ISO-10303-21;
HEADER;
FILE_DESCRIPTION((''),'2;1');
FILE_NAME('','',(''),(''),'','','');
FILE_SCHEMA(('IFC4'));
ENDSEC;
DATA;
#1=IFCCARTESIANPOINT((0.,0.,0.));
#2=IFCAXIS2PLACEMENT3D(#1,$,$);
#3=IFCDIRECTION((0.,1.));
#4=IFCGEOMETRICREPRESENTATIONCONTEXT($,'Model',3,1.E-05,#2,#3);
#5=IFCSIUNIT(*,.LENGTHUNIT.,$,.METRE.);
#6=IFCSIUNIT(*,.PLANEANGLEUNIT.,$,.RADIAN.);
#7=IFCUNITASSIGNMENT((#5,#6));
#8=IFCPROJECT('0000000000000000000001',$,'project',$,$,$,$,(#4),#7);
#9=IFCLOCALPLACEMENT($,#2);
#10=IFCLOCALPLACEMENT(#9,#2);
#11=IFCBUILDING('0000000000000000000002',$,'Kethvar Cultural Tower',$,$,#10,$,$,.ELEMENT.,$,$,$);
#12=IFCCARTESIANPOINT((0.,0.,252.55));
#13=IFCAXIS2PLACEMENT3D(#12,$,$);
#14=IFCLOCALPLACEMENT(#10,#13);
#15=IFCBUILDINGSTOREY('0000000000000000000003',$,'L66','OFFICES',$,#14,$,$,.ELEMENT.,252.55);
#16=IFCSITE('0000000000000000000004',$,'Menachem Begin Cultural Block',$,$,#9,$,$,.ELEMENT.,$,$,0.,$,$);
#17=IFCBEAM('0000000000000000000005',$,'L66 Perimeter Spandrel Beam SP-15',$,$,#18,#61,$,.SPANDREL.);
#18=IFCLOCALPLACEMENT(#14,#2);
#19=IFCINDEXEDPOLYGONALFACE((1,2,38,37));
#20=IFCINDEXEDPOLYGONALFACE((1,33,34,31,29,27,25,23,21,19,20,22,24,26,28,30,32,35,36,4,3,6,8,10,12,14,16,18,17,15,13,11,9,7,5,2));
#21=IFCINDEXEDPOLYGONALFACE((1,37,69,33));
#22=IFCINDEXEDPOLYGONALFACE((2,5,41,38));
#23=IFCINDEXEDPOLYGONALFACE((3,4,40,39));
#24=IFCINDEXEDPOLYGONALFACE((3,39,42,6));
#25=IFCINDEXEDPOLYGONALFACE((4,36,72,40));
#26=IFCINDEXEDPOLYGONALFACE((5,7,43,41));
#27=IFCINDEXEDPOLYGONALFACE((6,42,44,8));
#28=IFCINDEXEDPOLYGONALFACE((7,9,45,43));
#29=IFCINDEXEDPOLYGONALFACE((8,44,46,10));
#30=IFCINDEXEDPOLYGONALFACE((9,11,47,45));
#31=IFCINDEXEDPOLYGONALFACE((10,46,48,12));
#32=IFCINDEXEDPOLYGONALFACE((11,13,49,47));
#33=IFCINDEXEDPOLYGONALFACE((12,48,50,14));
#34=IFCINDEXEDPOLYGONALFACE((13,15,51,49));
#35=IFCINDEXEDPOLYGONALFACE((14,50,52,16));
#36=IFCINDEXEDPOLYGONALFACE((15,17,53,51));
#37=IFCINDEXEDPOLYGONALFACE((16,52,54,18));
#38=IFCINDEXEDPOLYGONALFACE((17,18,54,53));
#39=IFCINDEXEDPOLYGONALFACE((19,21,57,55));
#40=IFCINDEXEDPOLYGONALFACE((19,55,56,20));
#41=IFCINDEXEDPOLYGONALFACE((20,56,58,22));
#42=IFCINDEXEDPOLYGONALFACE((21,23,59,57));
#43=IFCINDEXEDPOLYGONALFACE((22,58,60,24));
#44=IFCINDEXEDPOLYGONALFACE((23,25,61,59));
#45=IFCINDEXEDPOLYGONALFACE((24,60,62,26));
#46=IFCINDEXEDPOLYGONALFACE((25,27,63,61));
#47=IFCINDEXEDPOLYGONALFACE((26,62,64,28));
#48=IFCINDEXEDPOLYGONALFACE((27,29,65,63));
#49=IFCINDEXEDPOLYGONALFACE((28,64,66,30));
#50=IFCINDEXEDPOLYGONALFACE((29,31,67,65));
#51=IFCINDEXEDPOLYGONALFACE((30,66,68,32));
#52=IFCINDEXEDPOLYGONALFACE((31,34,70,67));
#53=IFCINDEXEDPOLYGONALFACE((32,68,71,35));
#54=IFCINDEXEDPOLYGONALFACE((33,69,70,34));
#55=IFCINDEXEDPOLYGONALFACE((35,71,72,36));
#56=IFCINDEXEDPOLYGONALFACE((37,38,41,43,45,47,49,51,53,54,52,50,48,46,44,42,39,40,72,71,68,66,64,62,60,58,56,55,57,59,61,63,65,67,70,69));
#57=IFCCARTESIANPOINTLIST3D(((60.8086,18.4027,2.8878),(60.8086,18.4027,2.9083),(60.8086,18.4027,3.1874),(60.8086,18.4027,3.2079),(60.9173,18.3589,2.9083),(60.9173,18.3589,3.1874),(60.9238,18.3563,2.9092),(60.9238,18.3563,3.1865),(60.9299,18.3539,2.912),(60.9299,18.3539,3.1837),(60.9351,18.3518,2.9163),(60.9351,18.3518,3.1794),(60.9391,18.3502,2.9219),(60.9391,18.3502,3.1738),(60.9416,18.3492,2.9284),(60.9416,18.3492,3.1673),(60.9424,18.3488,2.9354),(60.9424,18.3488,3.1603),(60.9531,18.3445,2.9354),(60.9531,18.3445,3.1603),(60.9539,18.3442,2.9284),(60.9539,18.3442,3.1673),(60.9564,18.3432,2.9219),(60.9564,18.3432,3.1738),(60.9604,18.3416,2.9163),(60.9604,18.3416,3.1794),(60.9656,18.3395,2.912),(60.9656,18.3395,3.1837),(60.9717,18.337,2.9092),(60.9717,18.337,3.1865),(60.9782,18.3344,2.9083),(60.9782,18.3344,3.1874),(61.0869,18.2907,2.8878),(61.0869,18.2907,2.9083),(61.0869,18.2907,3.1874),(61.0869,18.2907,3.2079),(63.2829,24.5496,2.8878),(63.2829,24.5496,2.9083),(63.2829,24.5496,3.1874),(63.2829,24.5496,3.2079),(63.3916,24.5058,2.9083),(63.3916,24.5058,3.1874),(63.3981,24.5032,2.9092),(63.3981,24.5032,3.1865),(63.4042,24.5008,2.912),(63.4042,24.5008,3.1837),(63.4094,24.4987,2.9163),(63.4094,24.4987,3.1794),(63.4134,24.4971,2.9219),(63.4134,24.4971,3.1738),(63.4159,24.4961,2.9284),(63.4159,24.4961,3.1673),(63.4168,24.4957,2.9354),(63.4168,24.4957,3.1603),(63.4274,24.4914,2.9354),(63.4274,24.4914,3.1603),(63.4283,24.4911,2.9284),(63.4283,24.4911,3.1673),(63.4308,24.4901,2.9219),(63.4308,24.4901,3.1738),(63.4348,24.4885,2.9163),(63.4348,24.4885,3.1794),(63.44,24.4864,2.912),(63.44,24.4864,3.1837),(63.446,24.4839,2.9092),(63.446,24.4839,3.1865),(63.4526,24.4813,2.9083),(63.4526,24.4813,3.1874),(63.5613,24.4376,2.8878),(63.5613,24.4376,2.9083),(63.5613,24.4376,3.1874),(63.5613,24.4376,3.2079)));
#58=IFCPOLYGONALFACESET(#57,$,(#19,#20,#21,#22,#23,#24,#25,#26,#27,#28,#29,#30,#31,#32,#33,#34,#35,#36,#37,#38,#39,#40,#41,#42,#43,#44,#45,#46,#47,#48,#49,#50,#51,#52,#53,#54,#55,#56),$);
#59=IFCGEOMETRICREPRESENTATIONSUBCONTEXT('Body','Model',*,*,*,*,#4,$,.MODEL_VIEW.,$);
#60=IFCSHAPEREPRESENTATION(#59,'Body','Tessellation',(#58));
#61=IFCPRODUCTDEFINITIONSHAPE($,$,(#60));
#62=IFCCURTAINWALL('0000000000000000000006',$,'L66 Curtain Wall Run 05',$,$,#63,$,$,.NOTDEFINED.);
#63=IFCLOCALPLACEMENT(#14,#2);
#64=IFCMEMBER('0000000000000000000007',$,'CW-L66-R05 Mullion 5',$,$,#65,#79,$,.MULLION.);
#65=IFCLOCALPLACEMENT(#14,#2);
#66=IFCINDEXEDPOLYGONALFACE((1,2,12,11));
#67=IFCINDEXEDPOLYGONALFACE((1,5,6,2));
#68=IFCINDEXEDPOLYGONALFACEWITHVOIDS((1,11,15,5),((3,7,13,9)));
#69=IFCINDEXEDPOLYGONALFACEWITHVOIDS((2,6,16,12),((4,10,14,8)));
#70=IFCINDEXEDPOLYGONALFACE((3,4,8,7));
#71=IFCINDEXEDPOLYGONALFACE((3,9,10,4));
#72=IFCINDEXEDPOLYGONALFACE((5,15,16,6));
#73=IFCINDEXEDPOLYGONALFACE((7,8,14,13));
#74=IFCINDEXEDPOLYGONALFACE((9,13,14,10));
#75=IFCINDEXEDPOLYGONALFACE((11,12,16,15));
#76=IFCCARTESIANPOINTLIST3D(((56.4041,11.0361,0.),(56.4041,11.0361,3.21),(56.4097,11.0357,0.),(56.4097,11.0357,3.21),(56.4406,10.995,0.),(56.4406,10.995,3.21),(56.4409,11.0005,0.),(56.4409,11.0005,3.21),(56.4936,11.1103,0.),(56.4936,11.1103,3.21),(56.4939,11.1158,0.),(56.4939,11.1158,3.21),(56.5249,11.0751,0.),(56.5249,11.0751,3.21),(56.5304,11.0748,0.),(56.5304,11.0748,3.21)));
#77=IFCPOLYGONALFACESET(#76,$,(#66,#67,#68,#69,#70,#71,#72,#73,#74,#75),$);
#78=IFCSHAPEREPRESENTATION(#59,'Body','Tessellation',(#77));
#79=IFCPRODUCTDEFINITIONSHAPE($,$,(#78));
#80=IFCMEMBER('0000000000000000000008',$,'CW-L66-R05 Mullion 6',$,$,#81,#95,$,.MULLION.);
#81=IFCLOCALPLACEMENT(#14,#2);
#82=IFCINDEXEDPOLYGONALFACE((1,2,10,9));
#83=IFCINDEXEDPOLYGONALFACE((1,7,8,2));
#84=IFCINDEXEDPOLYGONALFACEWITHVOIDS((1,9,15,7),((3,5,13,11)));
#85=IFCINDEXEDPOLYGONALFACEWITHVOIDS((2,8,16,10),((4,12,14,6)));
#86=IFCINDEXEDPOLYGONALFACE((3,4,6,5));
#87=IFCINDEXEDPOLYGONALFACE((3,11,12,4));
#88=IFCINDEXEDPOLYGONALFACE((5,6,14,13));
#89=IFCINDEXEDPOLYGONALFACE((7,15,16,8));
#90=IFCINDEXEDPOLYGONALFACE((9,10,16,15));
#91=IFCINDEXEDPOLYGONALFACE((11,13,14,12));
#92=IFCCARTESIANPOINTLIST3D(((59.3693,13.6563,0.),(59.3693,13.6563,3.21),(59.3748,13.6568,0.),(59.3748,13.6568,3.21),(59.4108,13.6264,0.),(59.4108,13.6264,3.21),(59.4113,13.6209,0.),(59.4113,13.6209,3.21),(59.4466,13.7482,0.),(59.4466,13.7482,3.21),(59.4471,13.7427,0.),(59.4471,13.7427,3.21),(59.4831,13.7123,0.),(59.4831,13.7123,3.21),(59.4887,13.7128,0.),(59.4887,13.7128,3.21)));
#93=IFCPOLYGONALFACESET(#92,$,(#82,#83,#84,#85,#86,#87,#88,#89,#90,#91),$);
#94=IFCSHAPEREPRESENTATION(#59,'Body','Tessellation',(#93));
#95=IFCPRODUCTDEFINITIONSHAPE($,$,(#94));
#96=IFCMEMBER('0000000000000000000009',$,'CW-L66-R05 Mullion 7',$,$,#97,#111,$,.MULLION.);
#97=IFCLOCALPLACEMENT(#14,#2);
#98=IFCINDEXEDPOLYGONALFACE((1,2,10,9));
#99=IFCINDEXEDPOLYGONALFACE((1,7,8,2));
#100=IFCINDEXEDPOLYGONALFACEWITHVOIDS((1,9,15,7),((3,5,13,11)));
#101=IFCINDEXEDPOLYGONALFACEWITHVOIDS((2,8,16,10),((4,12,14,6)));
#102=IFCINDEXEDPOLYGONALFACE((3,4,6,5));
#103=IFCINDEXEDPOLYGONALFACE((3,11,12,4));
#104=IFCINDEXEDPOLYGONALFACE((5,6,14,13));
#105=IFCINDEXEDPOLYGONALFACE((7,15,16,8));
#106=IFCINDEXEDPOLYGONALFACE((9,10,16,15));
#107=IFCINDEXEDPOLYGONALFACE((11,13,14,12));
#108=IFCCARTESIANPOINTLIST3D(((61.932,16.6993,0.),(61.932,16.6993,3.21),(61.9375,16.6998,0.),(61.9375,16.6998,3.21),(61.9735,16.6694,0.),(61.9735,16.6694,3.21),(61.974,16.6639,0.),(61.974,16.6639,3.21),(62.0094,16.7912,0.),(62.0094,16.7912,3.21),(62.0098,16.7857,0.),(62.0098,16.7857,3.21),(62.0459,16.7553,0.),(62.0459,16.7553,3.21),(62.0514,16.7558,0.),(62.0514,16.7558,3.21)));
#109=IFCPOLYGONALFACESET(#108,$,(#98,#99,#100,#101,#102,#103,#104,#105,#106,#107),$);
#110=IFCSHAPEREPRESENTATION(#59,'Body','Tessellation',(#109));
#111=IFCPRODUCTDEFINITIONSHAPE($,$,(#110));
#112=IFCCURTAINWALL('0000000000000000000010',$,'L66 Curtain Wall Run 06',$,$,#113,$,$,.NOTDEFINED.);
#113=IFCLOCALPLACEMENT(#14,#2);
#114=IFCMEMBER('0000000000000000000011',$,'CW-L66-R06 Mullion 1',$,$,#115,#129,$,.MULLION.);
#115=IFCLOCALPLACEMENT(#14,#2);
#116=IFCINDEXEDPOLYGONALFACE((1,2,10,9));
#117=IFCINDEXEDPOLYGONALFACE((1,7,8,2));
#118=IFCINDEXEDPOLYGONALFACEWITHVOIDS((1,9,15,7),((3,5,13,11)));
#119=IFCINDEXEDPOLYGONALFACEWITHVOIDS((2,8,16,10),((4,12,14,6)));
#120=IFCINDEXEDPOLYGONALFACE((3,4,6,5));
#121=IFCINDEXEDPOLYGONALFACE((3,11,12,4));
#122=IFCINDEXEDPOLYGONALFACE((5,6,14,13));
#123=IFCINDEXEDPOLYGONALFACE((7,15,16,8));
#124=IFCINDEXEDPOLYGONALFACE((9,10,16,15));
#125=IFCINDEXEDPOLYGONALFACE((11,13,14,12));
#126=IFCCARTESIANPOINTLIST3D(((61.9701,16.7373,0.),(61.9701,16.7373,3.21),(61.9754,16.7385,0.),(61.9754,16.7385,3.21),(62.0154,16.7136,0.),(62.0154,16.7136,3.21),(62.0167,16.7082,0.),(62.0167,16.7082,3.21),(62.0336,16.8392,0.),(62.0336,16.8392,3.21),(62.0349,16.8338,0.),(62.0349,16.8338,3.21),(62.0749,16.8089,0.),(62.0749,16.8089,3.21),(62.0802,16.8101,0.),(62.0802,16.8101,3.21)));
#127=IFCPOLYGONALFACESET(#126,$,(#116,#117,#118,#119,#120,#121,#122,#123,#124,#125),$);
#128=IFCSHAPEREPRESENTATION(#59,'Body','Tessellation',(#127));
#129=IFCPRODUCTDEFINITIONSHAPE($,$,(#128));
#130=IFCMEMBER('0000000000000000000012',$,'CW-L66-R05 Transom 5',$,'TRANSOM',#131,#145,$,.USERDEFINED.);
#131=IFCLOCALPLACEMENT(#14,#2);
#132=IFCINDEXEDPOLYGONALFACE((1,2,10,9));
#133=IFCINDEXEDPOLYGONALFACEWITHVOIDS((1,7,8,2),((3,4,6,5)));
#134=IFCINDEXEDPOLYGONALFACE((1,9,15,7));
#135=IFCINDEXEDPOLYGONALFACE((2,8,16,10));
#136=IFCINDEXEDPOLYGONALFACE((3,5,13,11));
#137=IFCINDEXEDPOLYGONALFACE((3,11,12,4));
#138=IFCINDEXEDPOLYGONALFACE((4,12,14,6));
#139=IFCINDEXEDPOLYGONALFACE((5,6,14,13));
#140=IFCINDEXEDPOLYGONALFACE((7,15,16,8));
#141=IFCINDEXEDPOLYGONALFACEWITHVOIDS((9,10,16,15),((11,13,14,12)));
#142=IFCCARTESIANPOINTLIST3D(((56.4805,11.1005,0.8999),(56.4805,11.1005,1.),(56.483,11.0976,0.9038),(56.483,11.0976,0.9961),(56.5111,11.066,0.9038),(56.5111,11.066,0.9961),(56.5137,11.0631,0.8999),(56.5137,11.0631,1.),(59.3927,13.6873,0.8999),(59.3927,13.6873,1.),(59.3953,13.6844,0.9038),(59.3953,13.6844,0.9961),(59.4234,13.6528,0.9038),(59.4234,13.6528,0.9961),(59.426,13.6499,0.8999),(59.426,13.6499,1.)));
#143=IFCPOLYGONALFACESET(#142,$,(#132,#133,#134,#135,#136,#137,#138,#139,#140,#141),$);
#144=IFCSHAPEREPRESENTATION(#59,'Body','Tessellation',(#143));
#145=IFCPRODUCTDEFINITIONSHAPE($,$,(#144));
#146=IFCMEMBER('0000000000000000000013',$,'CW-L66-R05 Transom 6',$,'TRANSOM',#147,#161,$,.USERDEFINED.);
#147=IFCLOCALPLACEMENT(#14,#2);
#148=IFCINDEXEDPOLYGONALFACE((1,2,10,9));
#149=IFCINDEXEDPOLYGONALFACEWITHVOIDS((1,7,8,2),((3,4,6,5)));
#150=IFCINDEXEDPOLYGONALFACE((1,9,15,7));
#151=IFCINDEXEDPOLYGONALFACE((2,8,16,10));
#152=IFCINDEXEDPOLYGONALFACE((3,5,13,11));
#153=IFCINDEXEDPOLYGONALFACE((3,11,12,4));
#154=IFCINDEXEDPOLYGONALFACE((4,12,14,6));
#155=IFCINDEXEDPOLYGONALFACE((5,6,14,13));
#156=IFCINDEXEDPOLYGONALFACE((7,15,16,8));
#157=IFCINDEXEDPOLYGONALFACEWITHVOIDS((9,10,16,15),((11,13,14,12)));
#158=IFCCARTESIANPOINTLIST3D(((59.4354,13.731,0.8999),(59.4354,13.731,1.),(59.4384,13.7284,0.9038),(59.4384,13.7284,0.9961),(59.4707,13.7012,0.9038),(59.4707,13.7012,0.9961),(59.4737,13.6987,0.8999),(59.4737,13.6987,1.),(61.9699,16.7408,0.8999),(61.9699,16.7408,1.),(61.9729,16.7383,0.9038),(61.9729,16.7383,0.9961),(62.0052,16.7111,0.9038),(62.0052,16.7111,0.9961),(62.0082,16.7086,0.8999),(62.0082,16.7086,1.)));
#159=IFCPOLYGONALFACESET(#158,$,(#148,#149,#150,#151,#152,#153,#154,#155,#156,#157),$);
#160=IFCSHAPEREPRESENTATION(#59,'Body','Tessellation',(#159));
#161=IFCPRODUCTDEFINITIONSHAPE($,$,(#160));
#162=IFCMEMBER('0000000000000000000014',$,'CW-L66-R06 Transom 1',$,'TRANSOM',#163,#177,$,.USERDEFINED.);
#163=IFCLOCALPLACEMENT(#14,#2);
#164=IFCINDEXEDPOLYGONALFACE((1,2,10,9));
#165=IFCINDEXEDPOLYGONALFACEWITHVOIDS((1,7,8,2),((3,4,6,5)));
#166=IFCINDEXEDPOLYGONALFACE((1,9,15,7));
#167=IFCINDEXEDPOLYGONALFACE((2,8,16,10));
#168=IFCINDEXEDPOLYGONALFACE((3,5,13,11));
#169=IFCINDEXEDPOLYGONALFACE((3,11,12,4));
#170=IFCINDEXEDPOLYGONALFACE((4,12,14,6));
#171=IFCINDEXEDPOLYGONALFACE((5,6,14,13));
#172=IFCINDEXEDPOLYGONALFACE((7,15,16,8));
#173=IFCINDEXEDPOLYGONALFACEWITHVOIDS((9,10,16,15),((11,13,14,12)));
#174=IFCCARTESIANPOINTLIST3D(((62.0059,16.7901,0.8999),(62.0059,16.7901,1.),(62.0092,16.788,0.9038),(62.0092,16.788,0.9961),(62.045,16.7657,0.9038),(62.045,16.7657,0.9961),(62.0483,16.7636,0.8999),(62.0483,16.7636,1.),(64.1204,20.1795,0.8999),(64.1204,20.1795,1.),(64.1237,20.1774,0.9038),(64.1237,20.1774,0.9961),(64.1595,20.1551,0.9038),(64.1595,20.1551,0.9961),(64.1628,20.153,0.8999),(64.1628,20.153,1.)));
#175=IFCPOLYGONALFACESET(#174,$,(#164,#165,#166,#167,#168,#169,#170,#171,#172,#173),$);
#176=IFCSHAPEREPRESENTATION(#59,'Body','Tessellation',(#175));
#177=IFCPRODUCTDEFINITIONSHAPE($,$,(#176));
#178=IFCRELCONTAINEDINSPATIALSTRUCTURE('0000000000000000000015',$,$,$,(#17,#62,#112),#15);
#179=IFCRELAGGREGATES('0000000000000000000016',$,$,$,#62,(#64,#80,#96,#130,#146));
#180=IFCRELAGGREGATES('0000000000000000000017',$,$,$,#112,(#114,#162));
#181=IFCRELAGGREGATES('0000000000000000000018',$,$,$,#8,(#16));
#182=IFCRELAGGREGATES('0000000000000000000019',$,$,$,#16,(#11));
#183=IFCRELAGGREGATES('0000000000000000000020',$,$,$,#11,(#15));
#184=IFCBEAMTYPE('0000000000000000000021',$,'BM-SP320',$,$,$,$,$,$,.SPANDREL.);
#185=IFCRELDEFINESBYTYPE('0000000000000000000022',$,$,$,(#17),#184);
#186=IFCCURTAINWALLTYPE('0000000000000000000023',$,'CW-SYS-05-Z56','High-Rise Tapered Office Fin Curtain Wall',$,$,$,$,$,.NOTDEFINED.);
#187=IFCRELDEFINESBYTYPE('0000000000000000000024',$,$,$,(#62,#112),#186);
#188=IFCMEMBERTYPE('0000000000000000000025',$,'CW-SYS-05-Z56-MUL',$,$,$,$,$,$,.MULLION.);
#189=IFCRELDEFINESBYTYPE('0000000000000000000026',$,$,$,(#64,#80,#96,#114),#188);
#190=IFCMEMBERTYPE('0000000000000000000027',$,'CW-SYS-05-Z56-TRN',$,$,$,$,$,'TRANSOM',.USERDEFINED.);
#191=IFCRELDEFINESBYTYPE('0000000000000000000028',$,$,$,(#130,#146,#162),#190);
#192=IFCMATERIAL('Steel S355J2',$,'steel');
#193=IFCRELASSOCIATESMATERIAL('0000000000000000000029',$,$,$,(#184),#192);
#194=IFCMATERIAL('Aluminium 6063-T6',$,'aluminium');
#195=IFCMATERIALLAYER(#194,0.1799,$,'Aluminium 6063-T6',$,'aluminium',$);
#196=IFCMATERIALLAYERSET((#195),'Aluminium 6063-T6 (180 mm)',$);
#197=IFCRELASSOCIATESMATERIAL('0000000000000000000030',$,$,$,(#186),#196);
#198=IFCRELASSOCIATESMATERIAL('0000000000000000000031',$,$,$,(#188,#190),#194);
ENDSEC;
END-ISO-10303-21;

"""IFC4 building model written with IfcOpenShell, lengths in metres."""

from ifc_helpers import new_model, si_unit, direction, frame, origin, origin_2d, place, context, subcontext, project, spatial, hollow_rectangle, i_section, extrude, source, transform, mapped, material, layer, layer_set, material_profile, profile_set, type_object, element, aggregate, save


model = new_model("IFC4")

# Units and contexts
model_context = context("Model", 3, precision=1e-05, world=origin(), true_north=direction((0.0, 1.0)))
body_context = subcontext(model_context, "Body", "Model", "MODEL_VIEW")
ifc_project = project(units=[si_unit("LENGTHUNIT", "METRE"), si_unit("PLANEANGLEUNIT", "RADIAN")], contexts=[model_context])

# Site, building, storey
site_placement = place(None, origin())
site = spatial("IfcSite", under=ifc_project, at=site_placement, Name="Menachem Begin Cultural Block", CompositionType="ELEMENT", RefElevation=0.0)
building_placement = place(site_placement, origin())
building = spatial("IfcBuilding", under=site, at=building_placement, Name="Kethvar Cultural Tower", CompositionType="ELEMENT")
storey_placement = place(building_placement, frame((0.0, 0.0, 252.55)))
storey = spatial("IfcBuildingStorey", under=building, at=storey_placement, Name="L66", Description="OFFICES", CompositionType="ELEMENT", Elevation=252.55)

# Beam
ifc_material_1 = material(Name="Steel S355J2", Category="steel")
ifc_material_profile_1 = material_profile(ifc_material_1, i_section(OverallWidth=0.3, OverallDepth=0.3201, WebThickness=0.0115, FlangeThickness=0.0205, FilletRadius=0.0271, at=origin_2d()), Name="Steel S355J2 — HEB320")
ifc_profile_set_1 = profile_set([ifc_material_profile_1], Name="Steel S355J2 — HEB320")
beam_type_1 = type_object("IfcBeamType", Name="BM-SP320", PredefinedType="SPANDREL", material=ifc_profile_set_1)
shared_shape_1 = source(origin(), body_context, "Body", "SweptSolid", [
    extrude(i_section(OverallWidth=0.3, OverallDepth=0.3201, WebThickness=0.0115, FlangeThickness=0.0205, FilletRadius=0.0271, at=origin_2d()), origin(), (0.0, 0.0, 1.0), 6.6262),
])
beam_1_placement = place(storey_placement, frame((60.9478, 18.3467, 3.0479), z_axis=(0.373416, 0.927664, 0.0), x_axis=(-0.927664, 0.373416, 0.0)))
element("IfcBeam", 1, at=beam_1_placement, inside=storey, type_object=beam_type_1, Name="L66 Perimeter Spandrel Beam SP-15", PredefinedType="SPANDREL", context=body_context, shape_type="MappedRepresentation", body=[
    mapped(shared_shape_1, transform((0.0, 0.0, 0.0), scale=1.0)),
])

# Curtain wall, members
ifc_material_2 = material(Name="Aluminium 6063-T6", Category="aluminium")
ifc_layer_1 = layer(ifc_material_2, 0.1799, Name="Aluminium 6063-T6", Category="aluminium")
ifc_layer_set_1 = layer_set([ifc_layer_1], Name="Aluminium 6063-T6 (180 mm)")
curtain_wall_type = type_object("IfcCurtainWallType", Name="CW-SYS-05-Z56", Description="High-Rise Tapered Office Fin Curtain Wall", PredefinedType="NOTDEFINED", material=ifc_layer_set_1)
curtain_wall_1_placement = place(storey_placement, origin())
curtain_wall_1 = element("IfcCurtainWall", 2, at=curtain_wall_1_placement, inside=storey, type_object=curtain_wall_type, Name="L66 Curtain Wall Run 05", PredefinedType="NOTDEFINED")
ifc_material_profile_2 = material_profile(ifc_material_2, hollow_rectangle(XDim=0.0549, YDim=0.1201, WallThickness=0.0039, at=origin_2d()), Name="Aluminium 6063-T6 — RHS120x55x4")
ifc_profile_set_2 = profile_set([ifc_material_profile_2], Name="Aluminium 6063-T6 — RHS120x55x4")
member_type_1 = type_object("IfcMemberType", Name="CW-SYS-05-Z56-MUL", PredefinedType="MULLION", material=ifc_profile_set_2)
shared_shape_2 = source(origin(), body_context, "Body", "SweptSolid", [
    extrude(hollow_rectangle(XDim=0.0549, YDim=0.1201, WallThickness=0.0039, at=origin_2d()), origin(), (0.0, 0.0, 1.0), 3.21),
])
member_1_placement = place(storey_placement, frame((56.4673, 11.0554, 0.0), z_axis=(0.0, 0.0, 1.0), x_axis=(-0.66407, 0.747671, 0.0)))
member_1 = element("IfcMember", 3, at=member_1_placement, type_object=member_type_1, Name="CW-L66-R05 Mullion 5", PredefinedType="MULLION", context=body_context, shape_type="MappedRepresentation", body=[
    mapped(shared_shape_2, transform((0.0, 0.0, 0.0), scale=1.0)),
])
member_2_placement = place(storey_placement, frame((59.429, 13.6846, 0.0), z_axis=(0.0, 0.0, 1.0), x_axis=(-0.764899, 0.64415, 0.0)))
member_2 = element("IfcMember", 4, at=member_2_placement, type_object=member_type_1, Name="CW-L66-R05 Mullion 6", PredefinedType="MULLION", context=body_context, shape_type="MappedRepresentation", body=[
    mapped(shared_shape_2, transform((0.0, 0.0, 0.0), scale=1.0)),
])
member_3_placement = place(storey_placement, frame((61.9917, 16.7275, 0.0), z_axis=(0.0, 0.0, 1.0), x_axis=(-0.764899, 0.64415, 0.0)))
member_3 = element("IfcMember", 5, at=member_3_placement, type_object=member_type_1, Name="CW-L66-R05 Mullion 7", PredefinedType="MULLION", context=body_context, shape_type="MappedRepresentation", body=[
    mapped(shared_shape_2, transform((0.0, 0.0, 0.0), scale=1.0)),
])

# Curtain wall, member
curtain_wall_2_placement = place(storey_placement, origin())
curtain_wall_2 = element("IfcCurtainWall", 6, at=curtain_wall_2_placement, inside=storey, type_object=curtain_wall_type, Name="L66 Curtain Wall Run 06", PredefinedType="NOTDEFINED")
member_4_placement = place(storey_placement, frame((62.0251, 16.7737, 0.0), z_axis=(0.0, 0.0, 1.0), x_axis=(-0.848436, 0.529297, 0.0)))
member_4 = element("IfcMember", 7, at=member_4_placement, type_object=member_type_1, Name="CW-L66-R06 Mullion 1", PredefinedType="MULLION", context=body_context, shape_type="MappedRepresentation", body=[
    mapped(shared_shape_2, transform((0.0, 0.0, 0.0), scale=1.0)),
])

# Members
ifc_material_profile_3 = material_profile(ifc_material_2, hollow_rectangle(XDim=0.05, YDim=0.1001, WallThickness=0.0039, at=origin_2d()), Name="Aluminium 6063-T6 — RHS100x50x4")
ifc_profile_set_3 = profile_set([ifc_material_profile_3], Name="Aluminium 6063-T6 — RHS100x50x4")
member_type_2 = type_object("IfcMemberType", Name="CW-SYS-05-Z56-TRN", ElementType="TRANSOM", PredefinedType="USERDEFINED", material=ifc_profile_set_3)
shared_shape_3 = source(origin(), body_context, "Body", "SweptSolid", [
    extrude(hollow_rectangle(XDim=0.05, YDim=0.1001, WallThickness=0.0039, at=origin_2d()), origin(), (0.0, 0.0, 1.0), 3.8953),
])
member_5_placement = place(storey_placement, frame((56.4971, 11.0818, 0.95), z_axis=(0.747644, 0.664099, 0.0), x_axis=(-0.664099, 0.747644, 0.0)))
member_5 = element("IfcMember", 8, at=member_5_placement, type_object=member_type_2, Name="CW-L66-R05 Transom 5", ObjectType="TRANSOM", PredefinedType="USERDEFINED", context=body_context, shape_type="MappedRepresentation", body=[
    mapped(shared_shape_3, transform((0.0, 0.0, 0.0), scale=1.0)),
])
shared_shape_4 = source(origin(), body_context, "Body", "SweptSolid", [
    extrude(hollow_rectangle(XDim=0.05, YDim=0.1001, WallThickness=0.0039, at=origin_2d()), origin(), (0.0, 0.0, 1.0), 3.9348),
])
member_6_placement = place(storey_placement, frame((59.4546, 13.7148, 0.95), z_axis=(0.644119, 0.764926, 0.0), x_axis=(-0.764926, 0.644119, 0.0)))
member_6 = element("IfcMember", 9, at=member_6_placement, type_object=member_type_2, Name="CW-L66-R05 Transom 6", ObjectType="TRANSOM", PredefinedType="USERDEFINED", context=body_context, shape_type="MappedRepresentation", body=[
    mapped(shared_shape_4, transform((0.0, 0.0, 0.0), scale=1.0)),
])
shared_shape_5 = source(origin(), body_context, "Body", "SweptSolid", [
    extrude(hollow_rectangle(XDim=0.05, YDim=0.1001, WallThickness=0.0039, at=origin_2d()), origin(), (0.0, 0.0, 1.0), 3.9949),
])
member_7_placement = place(storey_placement, frame((62.0271, 16.7769, 0.95), z_axis=(0.529301, 0.848434, 0.0), x_axis=(-0.848434, 0.529301, 0.0)))
member_7 = element("IfcMember", 10, at=member_7_placement, type_object=member_type_2, Name="CW-L66-R06 Transom 1", ObjectType="TRANSOM", PredefinedType="USERDEFINED", context=body_context, shape_type="MappedRepresentation", body=[
    mapped(shared_shape_5, transform((0.0, 0.0, 0.0), scale=1.0)),
])

aggregate(curtain_wall_1, [member_1, member_2, member_3, member_5, member_6])
aggregate(curtain_wall_2, [member_4, member_7])

save(model, "model.ifc")
